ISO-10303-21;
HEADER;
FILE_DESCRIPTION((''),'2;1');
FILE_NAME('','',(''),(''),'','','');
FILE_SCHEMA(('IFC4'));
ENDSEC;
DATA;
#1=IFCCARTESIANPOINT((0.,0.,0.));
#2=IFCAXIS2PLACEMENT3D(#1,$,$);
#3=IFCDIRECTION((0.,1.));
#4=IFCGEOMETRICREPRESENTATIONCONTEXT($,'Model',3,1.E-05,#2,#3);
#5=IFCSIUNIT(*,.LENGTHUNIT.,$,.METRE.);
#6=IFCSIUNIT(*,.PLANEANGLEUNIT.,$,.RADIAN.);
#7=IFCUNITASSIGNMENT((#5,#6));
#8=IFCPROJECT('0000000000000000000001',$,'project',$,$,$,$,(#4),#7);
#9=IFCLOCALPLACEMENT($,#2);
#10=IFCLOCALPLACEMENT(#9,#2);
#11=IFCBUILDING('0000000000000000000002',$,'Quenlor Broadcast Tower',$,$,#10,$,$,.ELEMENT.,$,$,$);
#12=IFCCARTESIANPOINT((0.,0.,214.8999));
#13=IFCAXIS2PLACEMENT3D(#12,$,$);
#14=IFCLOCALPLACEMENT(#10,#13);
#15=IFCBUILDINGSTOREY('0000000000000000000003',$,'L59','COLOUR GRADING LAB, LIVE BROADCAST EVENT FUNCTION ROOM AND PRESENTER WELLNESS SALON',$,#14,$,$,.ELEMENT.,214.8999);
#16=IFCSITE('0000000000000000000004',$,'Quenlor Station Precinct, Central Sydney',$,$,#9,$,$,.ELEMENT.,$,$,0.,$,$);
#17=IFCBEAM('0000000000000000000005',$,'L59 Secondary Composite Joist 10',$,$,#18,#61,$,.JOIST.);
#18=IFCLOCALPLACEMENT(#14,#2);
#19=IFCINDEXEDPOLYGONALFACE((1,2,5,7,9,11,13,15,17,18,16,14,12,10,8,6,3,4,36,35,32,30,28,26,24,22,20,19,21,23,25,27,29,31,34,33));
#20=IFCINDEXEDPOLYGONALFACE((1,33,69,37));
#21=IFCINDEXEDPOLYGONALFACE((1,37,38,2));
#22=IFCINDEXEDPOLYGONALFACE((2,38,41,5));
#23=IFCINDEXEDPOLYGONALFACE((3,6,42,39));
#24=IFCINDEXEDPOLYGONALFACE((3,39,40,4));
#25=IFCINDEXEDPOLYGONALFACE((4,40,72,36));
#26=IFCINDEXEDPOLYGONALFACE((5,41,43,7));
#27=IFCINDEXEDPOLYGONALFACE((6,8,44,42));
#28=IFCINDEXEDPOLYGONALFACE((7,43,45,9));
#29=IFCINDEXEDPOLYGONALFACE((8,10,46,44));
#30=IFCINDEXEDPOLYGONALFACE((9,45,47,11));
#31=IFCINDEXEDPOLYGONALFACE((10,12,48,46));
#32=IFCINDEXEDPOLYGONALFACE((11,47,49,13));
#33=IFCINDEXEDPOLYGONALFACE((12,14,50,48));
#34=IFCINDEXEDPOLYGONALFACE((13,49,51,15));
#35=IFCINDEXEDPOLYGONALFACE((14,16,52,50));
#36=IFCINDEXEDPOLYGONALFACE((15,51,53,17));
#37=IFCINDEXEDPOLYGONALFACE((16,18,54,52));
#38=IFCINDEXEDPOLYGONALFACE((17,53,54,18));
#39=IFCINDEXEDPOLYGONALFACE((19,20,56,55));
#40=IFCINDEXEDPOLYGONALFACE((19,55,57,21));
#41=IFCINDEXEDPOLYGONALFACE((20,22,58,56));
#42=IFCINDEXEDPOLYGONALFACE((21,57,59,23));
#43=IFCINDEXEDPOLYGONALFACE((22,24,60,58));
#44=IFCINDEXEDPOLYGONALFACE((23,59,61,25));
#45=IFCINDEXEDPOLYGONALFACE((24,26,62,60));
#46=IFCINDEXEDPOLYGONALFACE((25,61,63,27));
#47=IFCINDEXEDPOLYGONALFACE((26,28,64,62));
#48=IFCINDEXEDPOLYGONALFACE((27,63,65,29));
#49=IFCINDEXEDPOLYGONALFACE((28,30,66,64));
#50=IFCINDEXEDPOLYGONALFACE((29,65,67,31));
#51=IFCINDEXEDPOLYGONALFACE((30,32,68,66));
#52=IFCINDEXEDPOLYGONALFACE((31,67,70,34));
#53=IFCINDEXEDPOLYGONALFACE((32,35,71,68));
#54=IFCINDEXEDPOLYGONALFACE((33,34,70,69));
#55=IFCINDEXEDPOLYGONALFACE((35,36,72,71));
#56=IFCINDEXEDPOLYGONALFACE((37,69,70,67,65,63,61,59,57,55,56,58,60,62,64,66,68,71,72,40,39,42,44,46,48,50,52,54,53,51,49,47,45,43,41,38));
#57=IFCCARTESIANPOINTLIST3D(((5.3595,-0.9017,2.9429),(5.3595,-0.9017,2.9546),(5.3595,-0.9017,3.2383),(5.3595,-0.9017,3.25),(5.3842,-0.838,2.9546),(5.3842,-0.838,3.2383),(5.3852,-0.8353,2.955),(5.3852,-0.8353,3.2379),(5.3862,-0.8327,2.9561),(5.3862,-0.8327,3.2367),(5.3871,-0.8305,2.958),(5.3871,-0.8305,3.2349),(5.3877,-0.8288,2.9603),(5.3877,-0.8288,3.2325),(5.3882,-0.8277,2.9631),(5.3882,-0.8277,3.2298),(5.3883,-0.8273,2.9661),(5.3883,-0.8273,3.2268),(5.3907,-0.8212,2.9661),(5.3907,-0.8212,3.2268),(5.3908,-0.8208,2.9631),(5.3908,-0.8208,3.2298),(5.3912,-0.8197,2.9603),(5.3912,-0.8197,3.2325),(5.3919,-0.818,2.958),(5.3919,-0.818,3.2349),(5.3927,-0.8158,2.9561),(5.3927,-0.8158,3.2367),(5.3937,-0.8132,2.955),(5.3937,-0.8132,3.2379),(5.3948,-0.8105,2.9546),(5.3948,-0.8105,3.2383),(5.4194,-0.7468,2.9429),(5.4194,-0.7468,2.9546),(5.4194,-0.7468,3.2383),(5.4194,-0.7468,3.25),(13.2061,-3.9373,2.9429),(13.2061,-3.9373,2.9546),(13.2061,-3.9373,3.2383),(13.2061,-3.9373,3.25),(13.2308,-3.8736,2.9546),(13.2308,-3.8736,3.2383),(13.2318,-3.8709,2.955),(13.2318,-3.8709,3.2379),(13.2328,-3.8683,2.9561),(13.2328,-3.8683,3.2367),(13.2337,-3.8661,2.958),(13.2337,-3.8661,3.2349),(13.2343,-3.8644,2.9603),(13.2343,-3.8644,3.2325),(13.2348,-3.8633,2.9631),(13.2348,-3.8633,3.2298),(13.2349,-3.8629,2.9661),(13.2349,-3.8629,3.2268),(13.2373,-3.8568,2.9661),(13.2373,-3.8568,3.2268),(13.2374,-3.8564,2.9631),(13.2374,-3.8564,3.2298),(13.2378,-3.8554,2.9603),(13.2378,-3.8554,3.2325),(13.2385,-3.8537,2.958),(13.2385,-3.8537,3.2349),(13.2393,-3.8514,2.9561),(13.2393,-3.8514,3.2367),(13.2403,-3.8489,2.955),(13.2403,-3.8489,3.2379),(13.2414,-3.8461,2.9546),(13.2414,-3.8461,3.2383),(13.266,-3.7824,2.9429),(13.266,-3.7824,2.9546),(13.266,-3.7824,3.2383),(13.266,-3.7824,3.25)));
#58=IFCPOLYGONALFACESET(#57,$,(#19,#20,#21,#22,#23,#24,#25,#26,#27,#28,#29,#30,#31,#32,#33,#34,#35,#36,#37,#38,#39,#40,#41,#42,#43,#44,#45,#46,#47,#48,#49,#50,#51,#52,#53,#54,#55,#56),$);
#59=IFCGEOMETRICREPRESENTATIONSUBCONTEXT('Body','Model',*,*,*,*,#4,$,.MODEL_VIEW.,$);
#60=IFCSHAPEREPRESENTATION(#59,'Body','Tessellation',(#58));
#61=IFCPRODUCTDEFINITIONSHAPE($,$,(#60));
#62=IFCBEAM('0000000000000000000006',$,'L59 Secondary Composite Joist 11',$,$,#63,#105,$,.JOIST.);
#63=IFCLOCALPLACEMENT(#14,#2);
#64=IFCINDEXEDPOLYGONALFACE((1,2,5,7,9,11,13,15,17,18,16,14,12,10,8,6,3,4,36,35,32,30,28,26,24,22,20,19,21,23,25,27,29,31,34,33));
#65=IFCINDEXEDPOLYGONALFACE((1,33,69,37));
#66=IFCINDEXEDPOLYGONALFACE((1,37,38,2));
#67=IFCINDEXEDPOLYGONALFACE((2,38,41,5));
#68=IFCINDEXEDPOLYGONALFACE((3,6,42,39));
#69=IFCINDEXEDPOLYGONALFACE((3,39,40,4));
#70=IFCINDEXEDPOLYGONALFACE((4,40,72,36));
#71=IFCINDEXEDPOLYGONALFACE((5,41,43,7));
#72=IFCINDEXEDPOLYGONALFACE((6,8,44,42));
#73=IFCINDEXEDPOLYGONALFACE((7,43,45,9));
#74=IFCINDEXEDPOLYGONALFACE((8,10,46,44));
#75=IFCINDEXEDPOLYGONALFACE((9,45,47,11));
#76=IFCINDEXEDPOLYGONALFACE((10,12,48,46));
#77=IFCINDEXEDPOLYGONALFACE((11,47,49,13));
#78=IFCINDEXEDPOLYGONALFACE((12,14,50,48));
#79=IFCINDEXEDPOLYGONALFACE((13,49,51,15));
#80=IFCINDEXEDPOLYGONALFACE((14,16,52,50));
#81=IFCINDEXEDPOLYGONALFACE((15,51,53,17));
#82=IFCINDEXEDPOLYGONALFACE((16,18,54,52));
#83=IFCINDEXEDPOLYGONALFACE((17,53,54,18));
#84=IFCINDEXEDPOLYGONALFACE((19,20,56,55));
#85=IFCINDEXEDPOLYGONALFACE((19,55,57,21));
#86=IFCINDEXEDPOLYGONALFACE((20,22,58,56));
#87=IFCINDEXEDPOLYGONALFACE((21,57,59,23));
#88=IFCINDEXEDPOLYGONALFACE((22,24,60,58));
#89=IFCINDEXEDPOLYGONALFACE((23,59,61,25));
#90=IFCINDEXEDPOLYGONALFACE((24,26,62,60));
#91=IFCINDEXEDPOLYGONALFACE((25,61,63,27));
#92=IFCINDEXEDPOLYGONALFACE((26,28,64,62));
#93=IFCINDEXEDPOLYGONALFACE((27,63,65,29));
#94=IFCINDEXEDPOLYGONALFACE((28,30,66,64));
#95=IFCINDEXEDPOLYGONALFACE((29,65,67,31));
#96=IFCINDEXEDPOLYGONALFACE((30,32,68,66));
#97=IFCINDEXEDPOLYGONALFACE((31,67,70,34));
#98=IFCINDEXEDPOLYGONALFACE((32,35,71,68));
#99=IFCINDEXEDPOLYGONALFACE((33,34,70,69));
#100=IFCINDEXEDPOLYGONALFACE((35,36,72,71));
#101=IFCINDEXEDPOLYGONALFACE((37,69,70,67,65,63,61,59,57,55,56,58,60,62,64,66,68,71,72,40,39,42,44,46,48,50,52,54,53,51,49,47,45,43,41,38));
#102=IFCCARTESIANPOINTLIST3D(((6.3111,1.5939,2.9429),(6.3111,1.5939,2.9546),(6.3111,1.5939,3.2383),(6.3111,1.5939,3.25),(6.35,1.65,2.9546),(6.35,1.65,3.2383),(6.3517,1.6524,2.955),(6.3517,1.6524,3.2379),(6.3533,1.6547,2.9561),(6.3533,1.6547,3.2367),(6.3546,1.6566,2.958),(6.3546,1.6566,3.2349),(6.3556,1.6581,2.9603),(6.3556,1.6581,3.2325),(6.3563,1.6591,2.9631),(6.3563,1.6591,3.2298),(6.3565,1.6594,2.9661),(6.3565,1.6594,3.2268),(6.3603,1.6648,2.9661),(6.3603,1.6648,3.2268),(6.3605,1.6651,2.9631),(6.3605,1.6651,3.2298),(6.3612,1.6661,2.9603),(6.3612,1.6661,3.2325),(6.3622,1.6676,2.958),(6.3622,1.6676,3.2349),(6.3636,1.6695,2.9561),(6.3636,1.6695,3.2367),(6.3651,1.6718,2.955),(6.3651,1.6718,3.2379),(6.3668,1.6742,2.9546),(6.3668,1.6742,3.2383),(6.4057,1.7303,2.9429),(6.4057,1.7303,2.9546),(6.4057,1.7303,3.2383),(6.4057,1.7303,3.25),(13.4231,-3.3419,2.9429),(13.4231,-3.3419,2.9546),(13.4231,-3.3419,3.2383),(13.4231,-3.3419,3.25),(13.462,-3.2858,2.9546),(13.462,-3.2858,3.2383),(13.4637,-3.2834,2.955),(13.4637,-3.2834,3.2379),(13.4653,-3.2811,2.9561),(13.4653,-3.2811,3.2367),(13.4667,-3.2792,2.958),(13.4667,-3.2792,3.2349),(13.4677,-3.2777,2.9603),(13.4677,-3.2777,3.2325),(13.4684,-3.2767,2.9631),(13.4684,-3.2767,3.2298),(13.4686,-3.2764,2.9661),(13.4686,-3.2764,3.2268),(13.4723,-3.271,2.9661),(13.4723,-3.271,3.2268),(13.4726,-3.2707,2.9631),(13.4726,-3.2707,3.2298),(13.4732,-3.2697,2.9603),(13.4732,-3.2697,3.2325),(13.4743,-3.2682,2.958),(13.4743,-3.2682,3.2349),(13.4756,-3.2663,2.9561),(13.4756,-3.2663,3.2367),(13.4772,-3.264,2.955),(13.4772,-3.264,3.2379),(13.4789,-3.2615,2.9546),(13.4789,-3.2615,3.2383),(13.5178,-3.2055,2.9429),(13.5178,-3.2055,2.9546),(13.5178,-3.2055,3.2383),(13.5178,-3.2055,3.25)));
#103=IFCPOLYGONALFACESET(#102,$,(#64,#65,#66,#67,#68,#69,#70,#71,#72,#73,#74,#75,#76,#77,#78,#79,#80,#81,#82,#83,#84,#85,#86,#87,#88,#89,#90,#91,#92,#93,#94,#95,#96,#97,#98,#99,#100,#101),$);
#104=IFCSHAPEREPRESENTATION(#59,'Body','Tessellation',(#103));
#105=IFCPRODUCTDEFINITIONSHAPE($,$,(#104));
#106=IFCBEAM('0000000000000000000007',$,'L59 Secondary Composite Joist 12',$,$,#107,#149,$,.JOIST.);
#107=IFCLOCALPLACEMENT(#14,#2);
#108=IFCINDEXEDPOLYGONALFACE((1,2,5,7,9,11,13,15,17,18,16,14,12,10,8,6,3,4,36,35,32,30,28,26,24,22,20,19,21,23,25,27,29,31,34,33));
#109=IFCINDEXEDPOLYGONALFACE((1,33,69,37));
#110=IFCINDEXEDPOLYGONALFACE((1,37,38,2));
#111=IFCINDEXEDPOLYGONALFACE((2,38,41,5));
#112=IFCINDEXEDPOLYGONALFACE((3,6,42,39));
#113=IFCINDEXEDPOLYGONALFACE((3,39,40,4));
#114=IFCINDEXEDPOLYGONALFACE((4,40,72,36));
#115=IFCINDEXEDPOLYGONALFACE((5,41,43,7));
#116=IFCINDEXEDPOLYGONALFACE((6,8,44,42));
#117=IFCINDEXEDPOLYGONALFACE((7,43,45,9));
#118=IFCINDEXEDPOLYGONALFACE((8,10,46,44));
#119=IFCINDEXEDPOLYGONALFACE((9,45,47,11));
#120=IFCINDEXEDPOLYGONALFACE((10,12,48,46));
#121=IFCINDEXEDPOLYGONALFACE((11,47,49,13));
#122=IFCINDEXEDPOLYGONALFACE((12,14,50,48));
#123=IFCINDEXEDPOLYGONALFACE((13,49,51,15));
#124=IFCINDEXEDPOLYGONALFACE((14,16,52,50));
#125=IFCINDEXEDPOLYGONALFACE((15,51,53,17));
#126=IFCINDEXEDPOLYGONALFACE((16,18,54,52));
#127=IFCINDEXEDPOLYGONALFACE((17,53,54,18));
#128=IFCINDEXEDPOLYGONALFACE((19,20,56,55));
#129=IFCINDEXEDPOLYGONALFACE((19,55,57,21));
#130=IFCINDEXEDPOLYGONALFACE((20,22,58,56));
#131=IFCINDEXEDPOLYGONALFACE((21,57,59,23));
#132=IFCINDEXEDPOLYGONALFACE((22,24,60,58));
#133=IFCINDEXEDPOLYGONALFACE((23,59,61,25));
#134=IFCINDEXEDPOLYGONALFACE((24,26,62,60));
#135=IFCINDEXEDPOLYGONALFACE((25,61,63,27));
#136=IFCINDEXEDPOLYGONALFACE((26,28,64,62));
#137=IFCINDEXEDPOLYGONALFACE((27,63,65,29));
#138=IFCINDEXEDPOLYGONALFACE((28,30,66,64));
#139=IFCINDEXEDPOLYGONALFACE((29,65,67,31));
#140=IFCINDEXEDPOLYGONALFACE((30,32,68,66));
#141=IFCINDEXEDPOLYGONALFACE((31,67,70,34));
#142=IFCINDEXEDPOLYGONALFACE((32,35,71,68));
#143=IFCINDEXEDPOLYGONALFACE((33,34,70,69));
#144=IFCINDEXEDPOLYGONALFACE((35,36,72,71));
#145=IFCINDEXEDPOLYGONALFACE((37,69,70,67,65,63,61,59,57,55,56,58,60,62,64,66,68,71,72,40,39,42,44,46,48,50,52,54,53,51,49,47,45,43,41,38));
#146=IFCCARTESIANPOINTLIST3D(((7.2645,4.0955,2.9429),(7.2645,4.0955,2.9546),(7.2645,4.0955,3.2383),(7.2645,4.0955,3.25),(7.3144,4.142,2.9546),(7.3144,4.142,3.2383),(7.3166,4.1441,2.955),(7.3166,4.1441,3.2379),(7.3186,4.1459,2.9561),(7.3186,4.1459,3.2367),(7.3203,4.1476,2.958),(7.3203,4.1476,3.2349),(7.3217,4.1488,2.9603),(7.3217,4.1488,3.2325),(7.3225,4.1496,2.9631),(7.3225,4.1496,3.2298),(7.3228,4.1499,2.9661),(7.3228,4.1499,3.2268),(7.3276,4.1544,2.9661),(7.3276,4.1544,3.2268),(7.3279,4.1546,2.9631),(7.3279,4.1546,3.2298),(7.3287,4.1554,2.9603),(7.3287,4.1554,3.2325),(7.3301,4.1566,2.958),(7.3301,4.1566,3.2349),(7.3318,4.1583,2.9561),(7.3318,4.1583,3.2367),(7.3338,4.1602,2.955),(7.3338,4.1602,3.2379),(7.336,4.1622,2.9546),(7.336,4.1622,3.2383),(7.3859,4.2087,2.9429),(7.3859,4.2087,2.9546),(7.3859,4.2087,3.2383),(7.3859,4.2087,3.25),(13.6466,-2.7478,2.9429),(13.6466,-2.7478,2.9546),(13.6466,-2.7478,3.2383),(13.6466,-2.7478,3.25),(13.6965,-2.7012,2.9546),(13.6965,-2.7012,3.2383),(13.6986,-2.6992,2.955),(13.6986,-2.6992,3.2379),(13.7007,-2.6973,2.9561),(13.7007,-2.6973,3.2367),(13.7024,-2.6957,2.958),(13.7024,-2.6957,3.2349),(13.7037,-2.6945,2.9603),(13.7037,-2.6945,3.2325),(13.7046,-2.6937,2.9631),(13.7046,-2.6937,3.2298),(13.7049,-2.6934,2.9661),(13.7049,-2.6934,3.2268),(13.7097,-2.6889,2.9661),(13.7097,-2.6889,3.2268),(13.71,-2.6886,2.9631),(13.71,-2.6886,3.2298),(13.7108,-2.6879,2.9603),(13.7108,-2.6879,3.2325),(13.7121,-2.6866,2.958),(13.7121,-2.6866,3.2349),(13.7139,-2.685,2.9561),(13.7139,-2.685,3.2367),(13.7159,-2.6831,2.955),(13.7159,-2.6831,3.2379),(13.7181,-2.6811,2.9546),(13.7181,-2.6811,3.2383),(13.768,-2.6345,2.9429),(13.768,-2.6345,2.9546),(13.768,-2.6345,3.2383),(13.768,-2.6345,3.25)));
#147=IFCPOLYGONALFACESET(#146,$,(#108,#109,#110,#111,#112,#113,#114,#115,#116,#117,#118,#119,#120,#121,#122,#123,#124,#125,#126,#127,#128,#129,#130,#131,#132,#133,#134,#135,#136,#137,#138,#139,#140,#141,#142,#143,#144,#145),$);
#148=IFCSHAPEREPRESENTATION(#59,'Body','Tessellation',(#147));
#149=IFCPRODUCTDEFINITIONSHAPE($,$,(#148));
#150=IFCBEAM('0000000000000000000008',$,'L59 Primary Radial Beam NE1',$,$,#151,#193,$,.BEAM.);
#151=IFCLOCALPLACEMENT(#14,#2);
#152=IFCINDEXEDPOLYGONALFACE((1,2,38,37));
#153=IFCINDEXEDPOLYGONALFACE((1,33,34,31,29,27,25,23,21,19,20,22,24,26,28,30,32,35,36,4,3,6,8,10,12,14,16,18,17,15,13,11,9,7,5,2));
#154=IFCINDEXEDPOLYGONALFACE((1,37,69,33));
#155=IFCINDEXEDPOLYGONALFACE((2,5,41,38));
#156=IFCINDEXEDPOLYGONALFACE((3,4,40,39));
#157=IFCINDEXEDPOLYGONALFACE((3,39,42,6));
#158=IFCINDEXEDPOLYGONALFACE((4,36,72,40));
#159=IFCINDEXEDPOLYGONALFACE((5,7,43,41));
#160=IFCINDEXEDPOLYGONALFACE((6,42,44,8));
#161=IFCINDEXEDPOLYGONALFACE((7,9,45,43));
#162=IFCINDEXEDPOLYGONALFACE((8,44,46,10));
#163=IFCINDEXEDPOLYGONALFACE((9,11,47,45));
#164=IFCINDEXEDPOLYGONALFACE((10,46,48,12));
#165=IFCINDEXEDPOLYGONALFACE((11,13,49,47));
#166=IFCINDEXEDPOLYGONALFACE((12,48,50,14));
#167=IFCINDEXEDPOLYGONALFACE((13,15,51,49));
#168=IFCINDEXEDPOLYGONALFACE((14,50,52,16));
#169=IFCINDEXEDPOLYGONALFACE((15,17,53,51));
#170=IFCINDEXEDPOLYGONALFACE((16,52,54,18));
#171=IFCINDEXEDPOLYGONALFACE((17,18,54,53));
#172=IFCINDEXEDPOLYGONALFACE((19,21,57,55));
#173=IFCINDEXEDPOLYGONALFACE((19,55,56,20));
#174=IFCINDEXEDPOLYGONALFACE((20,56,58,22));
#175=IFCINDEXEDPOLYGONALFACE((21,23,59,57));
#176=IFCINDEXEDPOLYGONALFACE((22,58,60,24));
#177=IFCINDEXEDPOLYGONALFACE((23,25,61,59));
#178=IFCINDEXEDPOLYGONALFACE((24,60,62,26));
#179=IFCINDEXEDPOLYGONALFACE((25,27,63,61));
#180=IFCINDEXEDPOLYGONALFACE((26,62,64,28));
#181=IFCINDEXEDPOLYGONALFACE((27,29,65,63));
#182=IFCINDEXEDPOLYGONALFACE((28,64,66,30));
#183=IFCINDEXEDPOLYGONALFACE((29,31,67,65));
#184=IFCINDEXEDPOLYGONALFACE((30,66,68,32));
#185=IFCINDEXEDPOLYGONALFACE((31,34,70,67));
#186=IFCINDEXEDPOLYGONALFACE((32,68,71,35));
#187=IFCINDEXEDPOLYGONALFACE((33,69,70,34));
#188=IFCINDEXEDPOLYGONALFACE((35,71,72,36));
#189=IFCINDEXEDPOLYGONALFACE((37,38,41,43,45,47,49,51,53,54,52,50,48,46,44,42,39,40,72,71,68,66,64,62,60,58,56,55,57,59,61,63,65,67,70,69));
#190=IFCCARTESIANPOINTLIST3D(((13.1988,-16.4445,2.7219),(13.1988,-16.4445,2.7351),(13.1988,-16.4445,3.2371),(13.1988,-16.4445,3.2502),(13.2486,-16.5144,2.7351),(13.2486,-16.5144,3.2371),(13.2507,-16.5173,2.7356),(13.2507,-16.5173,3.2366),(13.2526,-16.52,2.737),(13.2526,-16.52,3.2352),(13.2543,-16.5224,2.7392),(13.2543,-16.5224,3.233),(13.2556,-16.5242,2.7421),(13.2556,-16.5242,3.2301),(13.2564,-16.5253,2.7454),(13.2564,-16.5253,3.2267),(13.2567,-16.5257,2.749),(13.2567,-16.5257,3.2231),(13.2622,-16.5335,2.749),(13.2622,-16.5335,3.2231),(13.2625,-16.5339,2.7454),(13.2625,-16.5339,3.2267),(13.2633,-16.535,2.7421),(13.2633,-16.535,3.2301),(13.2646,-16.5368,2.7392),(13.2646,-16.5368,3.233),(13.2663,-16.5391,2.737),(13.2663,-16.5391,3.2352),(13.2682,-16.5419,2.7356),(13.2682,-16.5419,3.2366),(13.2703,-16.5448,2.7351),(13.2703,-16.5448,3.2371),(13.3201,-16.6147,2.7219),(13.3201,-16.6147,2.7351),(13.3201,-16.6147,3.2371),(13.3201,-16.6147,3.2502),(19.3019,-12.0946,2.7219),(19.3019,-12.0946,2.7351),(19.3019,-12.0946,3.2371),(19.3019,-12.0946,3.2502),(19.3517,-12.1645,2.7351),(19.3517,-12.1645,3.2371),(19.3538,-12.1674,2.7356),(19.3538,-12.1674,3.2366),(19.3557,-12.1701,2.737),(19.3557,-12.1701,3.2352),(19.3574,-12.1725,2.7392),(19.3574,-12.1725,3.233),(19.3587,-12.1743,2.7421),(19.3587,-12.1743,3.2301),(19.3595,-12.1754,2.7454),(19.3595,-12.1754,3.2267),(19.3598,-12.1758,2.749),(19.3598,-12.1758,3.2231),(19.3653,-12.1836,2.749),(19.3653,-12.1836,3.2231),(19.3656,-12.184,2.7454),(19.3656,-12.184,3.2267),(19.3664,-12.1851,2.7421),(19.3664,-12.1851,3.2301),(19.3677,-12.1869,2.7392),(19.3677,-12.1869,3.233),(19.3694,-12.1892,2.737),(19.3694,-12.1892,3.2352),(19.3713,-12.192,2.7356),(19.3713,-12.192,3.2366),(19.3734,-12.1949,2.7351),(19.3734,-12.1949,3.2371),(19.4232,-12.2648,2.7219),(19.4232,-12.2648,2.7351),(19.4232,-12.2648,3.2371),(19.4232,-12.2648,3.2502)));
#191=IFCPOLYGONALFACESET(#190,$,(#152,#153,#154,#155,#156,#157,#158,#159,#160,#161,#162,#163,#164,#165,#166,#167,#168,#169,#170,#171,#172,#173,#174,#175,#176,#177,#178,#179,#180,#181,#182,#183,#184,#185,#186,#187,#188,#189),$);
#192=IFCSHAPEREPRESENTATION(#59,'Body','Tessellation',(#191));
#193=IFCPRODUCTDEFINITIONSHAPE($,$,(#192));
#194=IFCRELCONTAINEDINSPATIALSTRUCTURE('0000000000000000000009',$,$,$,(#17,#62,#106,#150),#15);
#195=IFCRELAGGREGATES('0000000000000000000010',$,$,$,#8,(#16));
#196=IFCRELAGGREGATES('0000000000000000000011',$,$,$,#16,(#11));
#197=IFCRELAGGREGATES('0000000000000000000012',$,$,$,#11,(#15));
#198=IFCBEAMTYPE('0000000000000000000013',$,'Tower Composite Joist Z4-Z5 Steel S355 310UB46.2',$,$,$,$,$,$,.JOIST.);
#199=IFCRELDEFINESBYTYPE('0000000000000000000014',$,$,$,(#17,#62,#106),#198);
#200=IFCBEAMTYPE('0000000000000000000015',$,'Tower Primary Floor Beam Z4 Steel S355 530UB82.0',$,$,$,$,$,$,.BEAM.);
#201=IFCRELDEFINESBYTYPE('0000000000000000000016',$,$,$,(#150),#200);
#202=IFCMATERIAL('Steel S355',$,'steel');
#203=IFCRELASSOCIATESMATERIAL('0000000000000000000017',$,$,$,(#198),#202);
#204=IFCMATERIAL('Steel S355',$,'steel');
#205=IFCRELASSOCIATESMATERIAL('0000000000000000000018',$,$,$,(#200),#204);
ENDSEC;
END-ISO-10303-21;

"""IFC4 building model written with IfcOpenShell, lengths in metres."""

from ifc_helpers import new_model, si_unit, direction, frame, origin, origin_2d, place, context, subcontext, project, spatial, i_section, extrude, material, material_profile, profile_set, type_object, element, save


model = new_model("IFC4")

# Units and contexts
model_context = context("Model", 3, precision=1e-05, world=origin(), true_north=direction((0.0, 1.0)))
body_context = subcontext(model_context, "Body", "Model", "MODEL_VIEW")
ifc_project = project(units=[si_unit("LENGTHUNIT", "METRE"), si_unit("PLANEANGLEUNIT", "RADIAN")], contexts=[model_context])

# Site, building, storey
site_placement = place(None, origin())
site = spatial("IfcSite", under=ifc_project, at=site_placement, Name="Quenlor Station Precinct, Central Sydney", CompositionType="ELEMENT", RefElevation=0.0)
building_placement = place(site_placement, origin())
building = spatial("IfcBuilding", under=site, at=building_placement, Name="Quenlor Broadcast Tower", CompositionType="ELEMENT")
storey_placement = place(building_placement, frame((0.0, 0.0, 214.8999)))
storey = spatial("IfcBuildingStorey", under=building, at=storey_placement, Name="L59", Description="COLOUR GRADING LAB, LIVE BROADCAST EVENT FUNCTION ROOM AND PRESENTER WELLNESS SALON", CompositionType="ELEMENT", Elevation=214.8999)

# Beams
ifc_material_1 = material(Name="Steel S355", Category="steel")
ifc_material_profile_1 = material_profile(ifc_material_1, i_section(OverallWidth=0.166, OverallDepth=0.3071, WebThickness=0.0066, FlangeThickness=0.0117, FilletRadius=0.0115, at=origin_2d()))
ifc_profile_set_1 = profile_set([ifc_material_profile_1], Name="Steel S355 310UB46.2")
beam_type_1 = type_object("IfcBeamType", Name="Tower Composite Joist Z4-Z5 Steel S355 310UB46.2", PredefinedType="JOIST", material=ifc_profile_set_1)
beam_1_placement = place(storey_placement, frame((13.2361, -3.8599, 3.0964), z_axis=(-0.932639, 0.36081, 0.0), x_axis=(-0.36081, -0.932639, 0.0)))
element("IfcBeam", 1, at=beam_1_placement, inside=storey, type_object=beam_type_1, Name="L59 Secondary Composite Joist 10", PredefinedType="JOIST", context=body_context, shape_type="SweptSolid", body=[
    extrude(i_section(OverallWidth=0.166, OverallDepth=0.3071, WebThickness=0.0066, FlangeThickness=0.0117, FilletRadius=0.0115, at=origin_2d()), origin(), (0.0, 0.0, 1.0), 8.4133),
])
beam_2_placement = place(storey_placement, frame((13.4705, -3.2737, 3.0964), z_axis=(-0.82154, 0.570151, 0.0), x_axis=(-0.570151, -0.82154, 0.0)))
element("IfcBeam", 2, at=beam_2_placement, inside=storey, type_object=beam_type_1, Name="L59 Secondary Composite Joist 11", PredefinedType="JOIST", context=body_context, shape_type="SweptSolid", body=[
    extrude(i_section(OverallWidth=0.166, OverallDepth=0.3071, WebThickness=0.0066, FlangeThickness=0.0117, FilletRadius=0.0115, at=origin_2d()), origin(), (0.0, 0.0, 1.0), 8.657),
])
beam_3_placement = place(storey_placement, frame((13.7073, -2.6912, 3.0964), z_axis=(-0.682035, 0.73132, 0.0), x_axis=(-0.73132, -0.682035, 0.0)))
element("IfcBeam", 3, at=beam_3_placement, inside=storey, type_object=beam_type_1, Name="L59 Secondary Composite Joist 12", PredefinedType="JOIST", context=body_context, shape_type="SweptSolid", body=[
    extrude(i_section(OverallWidth=0.166, OverallDepth=0.3071, WebThickness=0.0066, FlangeThickness=0.0117, FilletRadius=0.0115, at=origin_2d()), origin(), (0.0, 0.0, 1.0), 9.3574),
])
ifc_material_2 = material(Name="Steel S355", Category="steel")
ifc_material_profile_2 = material_profile(ifc_material_2, i_section(OverallWidth=0.209, OverallDepth=0.5283, WebThickness=0.0095, FlangeThickness=0.0132, FilletRadius=0.0139, at=origin_2d()))
ifc_profile_set_2 = profile_set([ifc_material_profile_2], Name="Steel S355 530UB82.0")
beam_type_2 = type_object("IfcBeamType", Name="Tower Primary Floor Beam Z4 Steel S355 530UB82.0", PredefinedType="BEAM", material=ifc_profile_set_2)
beam_4_placement = place(storey_placement, frame((19.3625, -12.1797, 2.9861), z_axis=(-0.81433, -0.580403, 0.0), x_axis=(0.580403, -0.81433, 0.0)))
element("IfcBeam", 4, at=beam_4_placement, inside=storey, type_object=beam_type_2, Name="L59 Primary Radial Beam NE1", PredefinedType="BEAM", context=body_context, shape_type="SweptSolid", body=[
    extrude(i_section(OverallWidth=0.209, OverallDepth=0.5283, WebThickness=0.0095, FlangeThickness=0.0132, FilletRadius=0.0139, at=origin_2d()), origin(), (0.0, 0.0, 1.0), 7.4946),
])

save(model, "model.ifc")
